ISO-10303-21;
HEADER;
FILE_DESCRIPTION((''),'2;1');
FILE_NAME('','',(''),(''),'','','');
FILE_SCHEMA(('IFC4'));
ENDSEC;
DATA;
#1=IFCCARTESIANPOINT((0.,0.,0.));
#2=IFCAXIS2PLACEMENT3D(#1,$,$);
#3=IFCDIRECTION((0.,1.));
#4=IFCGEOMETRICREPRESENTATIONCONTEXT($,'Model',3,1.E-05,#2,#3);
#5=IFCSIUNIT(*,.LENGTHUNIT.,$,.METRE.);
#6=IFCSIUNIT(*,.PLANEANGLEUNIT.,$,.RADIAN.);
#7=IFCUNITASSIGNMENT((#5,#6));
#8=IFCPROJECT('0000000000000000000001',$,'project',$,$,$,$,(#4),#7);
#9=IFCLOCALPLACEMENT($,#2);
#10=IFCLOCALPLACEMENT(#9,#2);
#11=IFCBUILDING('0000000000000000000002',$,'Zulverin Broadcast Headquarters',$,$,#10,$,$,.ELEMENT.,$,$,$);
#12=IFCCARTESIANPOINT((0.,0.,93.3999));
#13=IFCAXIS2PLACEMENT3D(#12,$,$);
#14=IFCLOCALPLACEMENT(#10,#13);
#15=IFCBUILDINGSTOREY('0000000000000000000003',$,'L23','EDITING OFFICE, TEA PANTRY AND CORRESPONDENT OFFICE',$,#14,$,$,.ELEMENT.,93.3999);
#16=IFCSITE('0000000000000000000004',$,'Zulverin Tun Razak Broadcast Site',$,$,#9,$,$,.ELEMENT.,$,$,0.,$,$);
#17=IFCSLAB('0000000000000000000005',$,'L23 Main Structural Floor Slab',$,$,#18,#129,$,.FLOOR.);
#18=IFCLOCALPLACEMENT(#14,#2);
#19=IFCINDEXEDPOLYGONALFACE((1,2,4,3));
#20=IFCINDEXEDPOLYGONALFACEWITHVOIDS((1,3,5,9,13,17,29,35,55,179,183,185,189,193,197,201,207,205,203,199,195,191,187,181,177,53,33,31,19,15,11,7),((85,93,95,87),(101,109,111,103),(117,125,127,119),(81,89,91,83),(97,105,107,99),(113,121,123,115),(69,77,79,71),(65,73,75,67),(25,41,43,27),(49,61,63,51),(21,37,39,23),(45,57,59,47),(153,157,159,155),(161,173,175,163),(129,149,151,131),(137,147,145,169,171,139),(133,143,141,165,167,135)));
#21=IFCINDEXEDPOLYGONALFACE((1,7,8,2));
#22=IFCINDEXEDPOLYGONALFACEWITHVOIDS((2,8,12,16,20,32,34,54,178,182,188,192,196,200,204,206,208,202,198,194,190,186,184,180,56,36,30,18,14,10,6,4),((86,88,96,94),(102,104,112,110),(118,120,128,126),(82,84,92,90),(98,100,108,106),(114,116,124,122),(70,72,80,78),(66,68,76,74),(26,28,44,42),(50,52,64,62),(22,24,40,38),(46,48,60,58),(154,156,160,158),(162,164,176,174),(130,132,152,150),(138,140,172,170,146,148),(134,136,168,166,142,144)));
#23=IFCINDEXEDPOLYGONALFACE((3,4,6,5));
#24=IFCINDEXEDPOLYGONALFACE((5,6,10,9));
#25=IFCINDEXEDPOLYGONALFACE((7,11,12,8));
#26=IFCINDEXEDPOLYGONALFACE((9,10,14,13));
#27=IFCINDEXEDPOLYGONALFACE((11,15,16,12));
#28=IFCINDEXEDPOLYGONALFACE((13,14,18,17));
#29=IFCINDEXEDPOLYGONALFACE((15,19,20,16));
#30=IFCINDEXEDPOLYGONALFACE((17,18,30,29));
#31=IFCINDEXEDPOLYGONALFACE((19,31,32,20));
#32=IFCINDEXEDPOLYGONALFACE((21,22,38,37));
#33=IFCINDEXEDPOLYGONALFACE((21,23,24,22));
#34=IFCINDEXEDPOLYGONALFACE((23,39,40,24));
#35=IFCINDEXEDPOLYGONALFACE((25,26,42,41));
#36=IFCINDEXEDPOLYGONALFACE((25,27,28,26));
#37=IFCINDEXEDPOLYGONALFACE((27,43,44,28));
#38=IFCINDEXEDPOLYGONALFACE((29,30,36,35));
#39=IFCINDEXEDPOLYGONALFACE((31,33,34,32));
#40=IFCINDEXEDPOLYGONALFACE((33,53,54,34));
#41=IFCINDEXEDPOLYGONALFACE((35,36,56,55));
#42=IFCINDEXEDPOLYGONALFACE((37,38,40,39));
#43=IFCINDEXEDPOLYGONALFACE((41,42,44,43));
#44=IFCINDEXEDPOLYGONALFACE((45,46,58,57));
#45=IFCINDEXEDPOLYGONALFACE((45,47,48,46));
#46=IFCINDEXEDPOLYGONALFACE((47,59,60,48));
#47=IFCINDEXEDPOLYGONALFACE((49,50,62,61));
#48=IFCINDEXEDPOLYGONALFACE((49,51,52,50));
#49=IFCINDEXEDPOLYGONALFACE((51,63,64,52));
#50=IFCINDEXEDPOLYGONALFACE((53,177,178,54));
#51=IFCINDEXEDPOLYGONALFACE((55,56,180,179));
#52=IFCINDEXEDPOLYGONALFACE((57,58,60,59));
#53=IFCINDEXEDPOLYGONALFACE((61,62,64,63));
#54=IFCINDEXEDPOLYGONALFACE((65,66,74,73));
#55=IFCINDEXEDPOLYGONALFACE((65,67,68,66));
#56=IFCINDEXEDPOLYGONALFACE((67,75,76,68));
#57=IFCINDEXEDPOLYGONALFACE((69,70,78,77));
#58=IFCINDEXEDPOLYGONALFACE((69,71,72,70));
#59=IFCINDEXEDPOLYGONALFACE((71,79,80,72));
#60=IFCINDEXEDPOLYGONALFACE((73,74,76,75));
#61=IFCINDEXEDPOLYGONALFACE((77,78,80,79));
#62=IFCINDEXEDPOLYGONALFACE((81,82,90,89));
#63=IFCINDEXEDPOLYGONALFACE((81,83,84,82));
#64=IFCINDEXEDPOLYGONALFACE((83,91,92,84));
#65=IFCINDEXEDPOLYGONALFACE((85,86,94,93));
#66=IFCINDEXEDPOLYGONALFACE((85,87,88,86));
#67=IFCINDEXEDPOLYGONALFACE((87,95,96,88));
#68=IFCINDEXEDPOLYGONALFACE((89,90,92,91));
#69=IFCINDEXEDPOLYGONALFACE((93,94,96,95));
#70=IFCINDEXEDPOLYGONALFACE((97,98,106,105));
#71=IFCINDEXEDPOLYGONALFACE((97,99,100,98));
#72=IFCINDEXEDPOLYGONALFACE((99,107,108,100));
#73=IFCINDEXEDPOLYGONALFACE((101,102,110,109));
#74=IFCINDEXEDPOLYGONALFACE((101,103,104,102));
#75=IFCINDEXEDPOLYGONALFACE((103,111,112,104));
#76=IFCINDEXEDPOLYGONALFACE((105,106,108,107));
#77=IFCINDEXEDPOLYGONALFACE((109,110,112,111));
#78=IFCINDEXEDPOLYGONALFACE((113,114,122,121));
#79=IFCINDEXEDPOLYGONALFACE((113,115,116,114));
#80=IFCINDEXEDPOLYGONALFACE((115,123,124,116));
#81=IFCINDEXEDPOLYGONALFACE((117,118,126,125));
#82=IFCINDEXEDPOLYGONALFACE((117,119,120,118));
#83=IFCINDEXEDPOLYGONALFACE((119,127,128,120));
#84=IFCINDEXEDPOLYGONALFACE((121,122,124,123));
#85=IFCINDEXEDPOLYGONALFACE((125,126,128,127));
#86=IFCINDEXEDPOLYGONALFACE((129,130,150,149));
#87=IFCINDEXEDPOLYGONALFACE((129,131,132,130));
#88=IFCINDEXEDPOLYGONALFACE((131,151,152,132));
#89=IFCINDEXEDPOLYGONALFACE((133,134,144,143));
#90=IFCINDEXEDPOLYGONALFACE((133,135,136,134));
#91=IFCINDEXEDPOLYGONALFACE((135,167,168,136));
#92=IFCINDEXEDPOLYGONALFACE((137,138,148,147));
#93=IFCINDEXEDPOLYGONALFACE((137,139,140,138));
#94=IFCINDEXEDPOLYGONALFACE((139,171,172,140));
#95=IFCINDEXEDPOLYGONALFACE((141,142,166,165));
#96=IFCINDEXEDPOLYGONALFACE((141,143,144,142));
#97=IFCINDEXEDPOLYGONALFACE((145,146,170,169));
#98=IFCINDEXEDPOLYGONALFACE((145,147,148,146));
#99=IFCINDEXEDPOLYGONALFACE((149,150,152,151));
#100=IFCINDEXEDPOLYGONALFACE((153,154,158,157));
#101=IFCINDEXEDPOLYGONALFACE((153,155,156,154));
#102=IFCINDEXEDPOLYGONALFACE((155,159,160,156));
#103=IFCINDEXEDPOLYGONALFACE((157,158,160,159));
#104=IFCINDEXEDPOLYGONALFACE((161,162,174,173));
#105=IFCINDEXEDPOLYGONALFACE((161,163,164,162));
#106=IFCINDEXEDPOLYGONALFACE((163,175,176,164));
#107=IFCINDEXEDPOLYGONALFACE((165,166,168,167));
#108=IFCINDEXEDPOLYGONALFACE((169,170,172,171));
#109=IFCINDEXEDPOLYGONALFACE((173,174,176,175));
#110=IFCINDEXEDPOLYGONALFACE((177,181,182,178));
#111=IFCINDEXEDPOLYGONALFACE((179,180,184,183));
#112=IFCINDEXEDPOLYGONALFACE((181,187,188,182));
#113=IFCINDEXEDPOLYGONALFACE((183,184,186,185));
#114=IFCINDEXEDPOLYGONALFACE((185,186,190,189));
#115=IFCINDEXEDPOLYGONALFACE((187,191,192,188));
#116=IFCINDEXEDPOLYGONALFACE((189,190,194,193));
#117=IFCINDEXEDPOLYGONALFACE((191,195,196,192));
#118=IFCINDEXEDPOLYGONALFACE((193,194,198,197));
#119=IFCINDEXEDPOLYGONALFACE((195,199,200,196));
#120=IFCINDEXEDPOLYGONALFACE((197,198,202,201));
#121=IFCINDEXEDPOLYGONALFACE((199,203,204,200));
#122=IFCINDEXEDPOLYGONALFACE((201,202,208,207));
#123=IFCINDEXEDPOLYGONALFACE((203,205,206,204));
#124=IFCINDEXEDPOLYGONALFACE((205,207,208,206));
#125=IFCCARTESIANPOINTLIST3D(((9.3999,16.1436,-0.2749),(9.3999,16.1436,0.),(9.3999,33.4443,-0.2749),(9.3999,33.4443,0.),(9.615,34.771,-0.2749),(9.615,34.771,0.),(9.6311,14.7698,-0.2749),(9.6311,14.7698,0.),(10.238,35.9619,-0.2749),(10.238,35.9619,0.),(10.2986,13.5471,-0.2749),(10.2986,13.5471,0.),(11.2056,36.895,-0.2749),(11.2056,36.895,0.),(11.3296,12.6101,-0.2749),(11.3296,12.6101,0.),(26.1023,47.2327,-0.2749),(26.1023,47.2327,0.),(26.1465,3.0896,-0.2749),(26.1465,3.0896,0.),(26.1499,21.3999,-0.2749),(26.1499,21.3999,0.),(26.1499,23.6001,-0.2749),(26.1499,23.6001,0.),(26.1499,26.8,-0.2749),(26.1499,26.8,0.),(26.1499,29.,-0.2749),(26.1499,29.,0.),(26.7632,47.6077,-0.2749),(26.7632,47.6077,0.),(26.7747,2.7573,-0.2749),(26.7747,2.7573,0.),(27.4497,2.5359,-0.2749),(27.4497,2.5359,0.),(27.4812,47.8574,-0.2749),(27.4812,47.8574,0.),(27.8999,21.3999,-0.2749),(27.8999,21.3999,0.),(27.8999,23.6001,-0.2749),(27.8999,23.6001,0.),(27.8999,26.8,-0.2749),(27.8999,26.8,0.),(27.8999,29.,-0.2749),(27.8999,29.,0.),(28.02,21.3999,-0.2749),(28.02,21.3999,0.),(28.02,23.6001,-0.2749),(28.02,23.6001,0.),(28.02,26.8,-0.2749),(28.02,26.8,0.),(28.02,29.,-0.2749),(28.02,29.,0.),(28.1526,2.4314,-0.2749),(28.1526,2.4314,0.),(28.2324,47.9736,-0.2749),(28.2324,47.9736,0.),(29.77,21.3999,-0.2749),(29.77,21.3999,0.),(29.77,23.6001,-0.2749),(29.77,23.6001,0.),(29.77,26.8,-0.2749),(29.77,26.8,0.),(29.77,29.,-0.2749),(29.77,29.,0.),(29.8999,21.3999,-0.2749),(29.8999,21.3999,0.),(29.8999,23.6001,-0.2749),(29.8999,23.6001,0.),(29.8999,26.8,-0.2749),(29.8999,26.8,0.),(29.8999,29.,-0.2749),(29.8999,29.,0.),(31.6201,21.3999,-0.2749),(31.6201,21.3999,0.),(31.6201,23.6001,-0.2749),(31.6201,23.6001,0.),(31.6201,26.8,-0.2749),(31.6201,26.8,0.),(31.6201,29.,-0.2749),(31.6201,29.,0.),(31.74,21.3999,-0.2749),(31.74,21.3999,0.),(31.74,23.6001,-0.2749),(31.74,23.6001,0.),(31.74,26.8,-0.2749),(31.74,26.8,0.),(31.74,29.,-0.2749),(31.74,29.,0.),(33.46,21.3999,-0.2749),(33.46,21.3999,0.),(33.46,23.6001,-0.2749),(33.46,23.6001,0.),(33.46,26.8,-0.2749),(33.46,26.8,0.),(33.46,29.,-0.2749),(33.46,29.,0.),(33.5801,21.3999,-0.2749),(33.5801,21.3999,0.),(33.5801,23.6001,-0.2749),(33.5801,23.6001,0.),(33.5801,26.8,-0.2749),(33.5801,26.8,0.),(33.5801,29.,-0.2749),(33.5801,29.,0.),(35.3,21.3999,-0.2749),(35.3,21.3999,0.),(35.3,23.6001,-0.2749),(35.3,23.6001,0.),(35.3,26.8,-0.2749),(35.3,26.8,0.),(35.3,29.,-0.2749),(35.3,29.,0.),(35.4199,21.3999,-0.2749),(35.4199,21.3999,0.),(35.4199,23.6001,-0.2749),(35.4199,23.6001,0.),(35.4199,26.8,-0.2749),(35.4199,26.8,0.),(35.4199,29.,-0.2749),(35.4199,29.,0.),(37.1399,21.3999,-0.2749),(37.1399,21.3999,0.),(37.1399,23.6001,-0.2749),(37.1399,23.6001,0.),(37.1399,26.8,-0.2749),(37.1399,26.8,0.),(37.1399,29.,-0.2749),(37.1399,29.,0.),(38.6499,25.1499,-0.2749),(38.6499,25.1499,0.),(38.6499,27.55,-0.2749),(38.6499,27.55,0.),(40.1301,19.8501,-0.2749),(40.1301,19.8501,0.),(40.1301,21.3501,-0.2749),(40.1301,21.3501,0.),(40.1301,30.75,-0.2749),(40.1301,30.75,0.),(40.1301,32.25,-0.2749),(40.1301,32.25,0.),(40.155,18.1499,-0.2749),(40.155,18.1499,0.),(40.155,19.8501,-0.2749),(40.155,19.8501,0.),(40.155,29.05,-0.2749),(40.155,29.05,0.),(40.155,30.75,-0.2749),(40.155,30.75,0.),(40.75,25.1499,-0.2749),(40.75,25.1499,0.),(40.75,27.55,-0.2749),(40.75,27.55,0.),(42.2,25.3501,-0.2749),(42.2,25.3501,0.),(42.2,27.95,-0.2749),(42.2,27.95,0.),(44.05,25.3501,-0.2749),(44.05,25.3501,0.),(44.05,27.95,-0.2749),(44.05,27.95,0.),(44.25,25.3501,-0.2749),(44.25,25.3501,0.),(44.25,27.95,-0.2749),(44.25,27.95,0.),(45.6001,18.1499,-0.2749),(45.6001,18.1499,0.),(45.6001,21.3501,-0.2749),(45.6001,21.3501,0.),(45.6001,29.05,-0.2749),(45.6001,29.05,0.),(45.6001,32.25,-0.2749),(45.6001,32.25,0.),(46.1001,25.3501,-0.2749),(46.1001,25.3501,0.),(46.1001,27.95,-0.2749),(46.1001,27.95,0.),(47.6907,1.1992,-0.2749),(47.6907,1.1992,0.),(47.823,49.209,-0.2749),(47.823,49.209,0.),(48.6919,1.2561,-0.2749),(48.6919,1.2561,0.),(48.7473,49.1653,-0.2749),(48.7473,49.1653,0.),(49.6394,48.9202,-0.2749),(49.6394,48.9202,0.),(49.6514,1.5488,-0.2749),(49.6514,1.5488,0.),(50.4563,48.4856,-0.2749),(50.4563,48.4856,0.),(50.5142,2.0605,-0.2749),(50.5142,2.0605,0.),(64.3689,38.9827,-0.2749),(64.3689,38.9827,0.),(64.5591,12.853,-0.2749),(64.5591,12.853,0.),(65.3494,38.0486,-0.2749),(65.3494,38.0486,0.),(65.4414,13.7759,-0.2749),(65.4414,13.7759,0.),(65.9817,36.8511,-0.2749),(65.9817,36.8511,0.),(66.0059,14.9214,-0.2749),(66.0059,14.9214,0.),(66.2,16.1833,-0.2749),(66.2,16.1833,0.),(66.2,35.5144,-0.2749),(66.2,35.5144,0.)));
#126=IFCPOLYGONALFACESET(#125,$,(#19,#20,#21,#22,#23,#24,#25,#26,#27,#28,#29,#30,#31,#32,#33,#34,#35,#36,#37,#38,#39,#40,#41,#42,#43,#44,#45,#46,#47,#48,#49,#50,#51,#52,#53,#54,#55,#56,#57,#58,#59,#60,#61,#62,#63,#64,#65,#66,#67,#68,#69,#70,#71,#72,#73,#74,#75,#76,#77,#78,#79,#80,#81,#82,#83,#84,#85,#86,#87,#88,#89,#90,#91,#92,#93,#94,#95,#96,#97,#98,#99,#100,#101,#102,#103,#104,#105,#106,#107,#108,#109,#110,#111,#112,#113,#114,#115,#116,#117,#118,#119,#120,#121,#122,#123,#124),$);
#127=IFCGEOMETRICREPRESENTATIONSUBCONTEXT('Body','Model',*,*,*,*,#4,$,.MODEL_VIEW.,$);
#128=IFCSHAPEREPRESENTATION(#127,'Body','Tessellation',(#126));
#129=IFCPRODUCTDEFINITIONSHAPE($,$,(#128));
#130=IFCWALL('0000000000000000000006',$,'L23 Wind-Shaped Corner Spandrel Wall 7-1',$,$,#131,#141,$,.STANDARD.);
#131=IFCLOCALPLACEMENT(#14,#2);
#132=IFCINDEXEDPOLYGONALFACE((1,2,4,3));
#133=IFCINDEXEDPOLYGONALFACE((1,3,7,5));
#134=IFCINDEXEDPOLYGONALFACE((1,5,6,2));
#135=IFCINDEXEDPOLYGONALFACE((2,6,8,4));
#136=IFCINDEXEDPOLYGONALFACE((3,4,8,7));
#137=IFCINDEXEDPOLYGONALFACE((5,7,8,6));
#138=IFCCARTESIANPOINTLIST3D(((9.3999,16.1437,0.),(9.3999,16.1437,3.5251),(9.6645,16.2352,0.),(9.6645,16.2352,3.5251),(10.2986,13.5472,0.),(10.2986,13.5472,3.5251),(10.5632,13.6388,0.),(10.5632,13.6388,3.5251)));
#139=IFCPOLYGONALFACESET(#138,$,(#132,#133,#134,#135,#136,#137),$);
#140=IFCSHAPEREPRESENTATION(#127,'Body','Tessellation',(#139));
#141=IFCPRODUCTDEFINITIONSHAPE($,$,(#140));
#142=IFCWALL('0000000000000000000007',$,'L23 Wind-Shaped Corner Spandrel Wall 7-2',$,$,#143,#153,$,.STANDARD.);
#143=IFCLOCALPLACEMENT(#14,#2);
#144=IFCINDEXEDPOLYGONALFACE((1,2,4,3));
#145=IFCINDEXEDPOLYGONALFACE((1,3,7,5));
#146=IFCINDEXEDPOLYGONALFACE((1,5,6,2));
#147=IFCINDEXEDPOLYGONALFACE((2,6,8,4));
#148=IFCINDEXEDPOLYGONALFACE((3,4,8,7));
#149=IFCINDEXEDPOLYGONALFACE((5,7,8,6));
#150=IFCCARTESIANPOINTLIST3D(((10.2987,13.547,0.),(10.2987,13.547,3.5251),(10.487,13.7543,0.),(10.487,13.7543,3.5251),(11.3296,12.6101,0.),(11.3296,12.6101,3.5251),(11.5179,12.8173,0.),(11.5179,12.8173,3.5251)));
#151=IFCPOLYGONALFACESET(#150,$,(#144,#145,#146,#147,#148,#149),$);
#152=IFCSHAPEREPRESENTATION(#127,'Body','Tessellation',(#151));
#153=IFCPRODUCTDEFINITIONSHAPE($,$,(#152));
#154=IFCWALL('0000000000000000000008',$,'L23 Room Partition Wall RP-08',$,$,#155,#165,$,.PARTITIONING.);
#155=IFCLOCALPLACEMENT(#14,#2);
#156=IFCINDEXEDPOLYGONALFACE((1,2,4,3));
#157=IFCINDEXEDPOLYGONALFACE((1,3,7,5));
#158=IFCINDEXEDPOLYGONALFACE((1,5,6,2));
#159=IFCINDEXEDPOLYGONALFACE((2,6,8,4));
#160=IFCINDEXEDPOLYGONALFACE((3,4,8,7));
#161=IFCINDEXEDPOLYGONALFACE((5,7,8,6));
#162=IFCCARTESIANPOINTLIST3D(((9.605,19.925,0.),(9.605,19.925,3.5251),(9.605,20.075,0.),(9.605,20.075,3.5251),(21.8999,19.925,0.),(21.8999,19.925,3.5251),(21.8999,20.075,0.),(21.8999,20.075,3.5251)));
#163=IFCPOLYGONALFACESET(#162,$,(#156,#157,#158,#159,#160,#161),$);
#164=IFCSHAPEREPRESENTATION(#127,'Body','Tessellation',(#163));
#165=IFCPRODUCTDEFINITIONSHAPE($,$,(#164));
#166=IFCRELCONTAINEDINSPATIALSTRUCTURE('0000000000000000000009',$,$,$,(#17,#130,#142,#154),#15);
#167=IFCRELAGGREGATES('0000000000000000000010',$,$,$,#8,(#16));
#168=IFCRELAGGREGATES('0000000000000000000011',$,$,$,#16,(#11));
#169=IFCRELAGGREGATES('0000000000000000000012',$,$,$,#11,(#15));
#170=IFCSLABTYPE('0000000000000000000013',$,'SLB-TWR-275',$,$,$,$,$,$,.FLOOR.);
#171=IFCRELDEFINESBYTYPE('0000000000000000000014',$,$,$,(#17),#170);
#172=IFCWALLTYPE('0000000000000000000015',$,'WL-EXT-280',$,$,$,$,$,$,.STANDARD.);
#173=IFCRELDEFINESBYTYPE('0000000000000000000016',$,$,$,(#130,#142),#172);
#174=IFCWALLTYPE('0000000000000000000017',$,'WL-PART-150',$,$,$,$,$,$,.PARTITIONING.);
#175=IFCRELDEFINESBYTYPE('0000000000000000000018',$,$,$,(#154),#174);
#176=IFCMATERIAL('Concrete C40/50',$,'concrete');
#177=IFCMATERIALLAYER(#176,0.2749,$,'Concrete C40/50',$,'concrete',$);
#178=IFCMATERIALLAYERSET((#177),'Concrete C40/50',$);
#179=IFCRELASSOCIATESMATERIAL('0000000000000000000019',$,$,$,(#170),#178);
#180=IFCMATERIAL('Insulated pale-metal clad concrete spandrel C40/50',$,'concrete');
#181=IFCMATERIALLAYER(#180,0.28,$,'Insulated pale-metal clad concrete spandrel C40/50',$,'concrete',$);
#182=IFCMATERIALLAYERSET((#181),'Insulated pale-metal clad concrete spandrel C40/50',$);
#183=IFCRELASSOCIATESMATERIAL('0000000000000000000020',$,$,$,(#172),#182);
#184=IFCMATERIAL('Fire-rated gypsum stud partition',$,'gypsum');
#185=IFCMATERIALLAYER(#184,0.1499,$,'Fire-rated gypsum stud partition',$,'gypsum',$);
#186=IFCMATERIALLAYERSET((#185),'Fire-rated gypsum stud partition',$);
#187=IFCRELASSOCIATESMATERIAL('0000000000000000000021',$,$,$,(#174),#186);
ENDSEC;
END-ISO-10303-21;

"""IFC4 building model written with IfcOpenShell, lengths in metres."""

from ifc_helpers import new_model, si_unit, direction, frame, frame_2d, origin, place, context, subcontext, project, spatial, polyline, rectangle, outline, extrude, material, layer, layer_set, type_object, element, save


model = new_model("IFC4")

# Units and contexts
model_context = context("Model", 3, precision=1e-05, world=origin(), true_north=direction((0.0, 1.0)))
body_context = subcontext(model_context, "Body", "Model", "MODEL_VIEW")
ifc_project = project(units=[si_unit("LENGTHUNIT", "METRE"), si_unit("PLANEANGLEUNIT", "RADIAN")], contexts=[model_context])

# Site, building, storey
site_placement = place(None, origin())
site = spatial("IfcSite", under=ifc_project, at=site_placement, Name="Zulverin Tun Razak Broadcast Site", CompositionType="ELEMENT", RefElevation=0.0)
building_placement = place(site_placement, origin())
building = spatial("IfcBuilding", under=site, at=building_placement, Name="Zulverin Broadcast Headquarters", CompositionType="ELEMENT")
storey_placement = place(building_placement, frame((0.0, 0.0, 93.3999)))
storey = spatial("IfcBuildingStorey", under=building, at=storey_placement, Name="L23", Description="EDITING OFFICE, TEA PANTRY AND CORRESPONDENT OFFICE", CompositionType="ELEMENT", Elevation=93.3999)

# Shared definitions
ifc_material_1 = material(Name="Concrete C40/50", Category="concrete")

# Slab
ifc_layer_1 = layer(ifc_material_1, 0.2749, Name="Concrete C40/50", Category="concrete")
ifc_layer_set_1 = layer_set([ifc_layer_1], Name="Concrete C40/50")
slab_type_1 = type_object("IfcSlabType", Name="SLB-TWR-275", PredefinedType="FLOOR", material=ifc_layer_set_1)
slab_1_placement = place(storey_placement, frame((0.0, 0.0, -0.2749)))
element("IfcSlab", 1, at=slab_1_placement, inside=storey, type_object=slab_type_1, Name="L23 Main Structural Floor Slab", PredefinedType="FLOOR", context=body_context, shape_type="SweptSolid", body=[
    extrude(outline(polyline([(26.1465, 3.0896), (26.7747, 2.7573), (27.4497, 2.5359), (28.1526, 2.4314), (47.6907, 1.1992), (48.6919, 1.2561), (49.6514, 1.5488), (50.5142, 2.0605), (64.5591, 12.853), (65.4414, 13.7759), (66.0059, 14.9214), (66.2, 16.1833), (66.2, 35.5144), (65.9817, 36.8511), (65.3494, 38.0486), (64.3689, 38.9827), (50.4563, 48.4856), (49.6394, 48.9202), (48.7473, 49.1653), (47.823, 49.209), (28.2324, 47.9736), (27.4812, 47.8574), (26.7632, 47.6077), (26.1023, 47.2327), (11.2056, 36.895), (10.238, 35.9619), (9.615, 34.771), (9.3999, 33.4443), (9.3999, 16.1436), (9.6311, 14.7698), (10.2986, 13.5471), (11.3296, 12.6101), (26.1465, 3.0896)]), holes=[polyline([(40.155, 30.75), (40.1301, 30.75), (40.1301, 32.25), (45.6001, 32.25), (45.6001, 29.05), (40.155, 29.05), (40.155, 30.75)]), polyline([(40.155, 19.8501), (40.1301, 19.8501), (40.1301, 21.3501), (45.6001, 21.3501), (45.6001, 18.1499), (40.155, 18.1499), (40.155, 19.8501)]), polyline([(26.1499, 26.8), (27.8999, 26.8), (27.8999, 29.0), (26.1499, 29.0), (26.1499, 26.8)]), polyline([(28.02, 26.8), (29.77, 26.8), (29.77, 29.0), (28.02, 29.0), (28.02, 26.8)]), polyline([(26.1499, 21.3999), (27.8999, 21.3999), (27.8999, 23.6001), (26.1499, 23.6001), (26.1499, 21.3999)]), polyline([(28.02, 21.3999), (29.77, 21.3999), (29.77, 23.6001), (28.02, 23.6001), (28.02, 21.3999)]), polyline([(29.8999, 21.3999), (31.6201, 21.3999), (31.6201, 23.6001), (29.8999, 23.6001), (29.8999, 21.3999)]), polyline([(31.74, 21.3999), (33.46, 21.3999), (33.46, 23.6001), (31.74, 23.6001), (31.74, 21.3999)]), polyline([(33.5801, 21.3999), (35.3, 21.3999), (35.3, 23.6001), (33.5801, 23.6001), (33.5801, 21.3999)]), polyline([(35.4199, 21.3999), (37.1399, 21.3999), (37.1399, 23.6001), (35.4199, 23.6001), (35.4199, 21.3999)]), polyline([(29.8999, 26.8), (31.6201, 26.8), (31.6201, 29.0), (29.8999, 29.0), (29.8999, 26.8)]), polyline([(31.74, 26.8), (33.46, 26.8), (33.46, 29.0), (31.74, 29.0), (31.74, 26.8)]), polyline([(33.5801, 26.8), (35.3, 26.8), (35.3, 29.0), (33.5801, 29.0), (33.5801, 26.8)]), polyline([(35.4199, 26.8), (37.1399, 26.8), (37.1399, 29.0), (35.4199, 29.0), (35.4199, 26.8)]), polyline([(42.2, 25.3501), (44.05, 25.3501), (44.05, 27.95), (42.2, 27.95), (42.2, 25.3501)]), polyline([(44.25, 25.3501), (46.1001, 25.3501), (46.1001, 27.95), (44.25, 27.95), (44.25, 25.3501)]), polyline([(38.6499, 25.1499), (40.75, 25.1499), (40.75, 27.55), (38.6499, 27.55), (38.6499, 25.1499)])]), origin(), (0.0, 0.0, 1.0), 0.2749),
])

# Walls
ifc_material_2 = material(Name="Insulated pale-metal clad concrete spandrel C40/50", Category="concrete")
ifc_layer_2 = layer(ifc_material_2, 0.28, Name="Insulated pale-metal clad concrete spandrel C40/50", Category="concrete")
ifc_layer_set_2 = layer_set([ifc_layer_2], Name="Insulated pale-metal clad concrete spandrel C40/50")
wall_type_1 = type_object("IfcWallType", Name="WL-EXT-280", PredefinedType="STANDARD", material=ifc_layer_set_2)
wall_1_placement = place(storey_placement, frame((9.5322, 16.1895, 0.0), z_axis=(0.0, 0.0, 1.0), x_axis=(0.327083, -0.944996, 0.0)))
element("IfcWall", 2, at=wall_1_placement, inside=storey, type_object=wall_type_1, Name="L23 Wind-Shaped Corner Spandrel Wall 7-1", PredefinedType="STANDARD", context=body_context, shape_type="SweptSolid", body=[
    extrude(rectangle(XDim=2.7476, YDim=0.28, at=frame_2d((1.3738, 0.0))), origin(), (0.0, 0.0, 1.0), 3.5251),
])
wall_2_placement = place(storey_placement, frame((10.3928, 13.6506, 0.0), z_axis=(0.0, 0.0, 1.0), x_axis=(0.740035, -0.672568, 0.0)))
element("IfcWall", 3, at=wall_2_placement, inside=storey, type_object=wall_type_1, Name="L23 Wind-Shaped Corner Spandrel Wall 7-2", PredefinedType="STANDARD", context=body_context, shape_type="SweptSolid", body=[
    extrude(rectangle(XDim=1.3931, YDim=0.28, at=frame_2d((0.6965, 0.0))), origin(), (0.0, 0.0, 1.0), 3.5251),
])
ifc_material_3 = material(Name="Fire-rated gypsum stud partition", Category="gypsum")
ifc_layer_3 = layer(ifc_material_3, 0.1499, Name="Fire-rated gypsum stud partition", Category="gypsum")
ifc_layer_set_3 = layer_set([ifc_layer_3], Name="Fire-rated gypsum stud partition")
wall_type_2 = type_object("IfcWallType", Name="WL-PART-150", PredefinedType="PARTITIONING", material=ifc_layer_set_3)
wall_3_placement = place(storey_placement, frame((9.605, 20.0, 0.0), z_axis=(0.0, 0.0, 1.0), x_axis=(1.0, 0.0, 0.0)))
element("IfcWall", 4, at=wall_3_placement, inside=storey, type_object=wall_type_2, Name="L23 Room Partition Wall RP-08", PredefinedType="PARTITIONING", context=body_context, shape_type="SweptSolid", body=[
    extrude(rectangle(XDim=12.2949, YDim=0.1499, at=frame_2d((6.1475, 0.0))), origin(), (0.0, 0.0, 1.0), 3.5251),
])

save(model, "model.ifc")
